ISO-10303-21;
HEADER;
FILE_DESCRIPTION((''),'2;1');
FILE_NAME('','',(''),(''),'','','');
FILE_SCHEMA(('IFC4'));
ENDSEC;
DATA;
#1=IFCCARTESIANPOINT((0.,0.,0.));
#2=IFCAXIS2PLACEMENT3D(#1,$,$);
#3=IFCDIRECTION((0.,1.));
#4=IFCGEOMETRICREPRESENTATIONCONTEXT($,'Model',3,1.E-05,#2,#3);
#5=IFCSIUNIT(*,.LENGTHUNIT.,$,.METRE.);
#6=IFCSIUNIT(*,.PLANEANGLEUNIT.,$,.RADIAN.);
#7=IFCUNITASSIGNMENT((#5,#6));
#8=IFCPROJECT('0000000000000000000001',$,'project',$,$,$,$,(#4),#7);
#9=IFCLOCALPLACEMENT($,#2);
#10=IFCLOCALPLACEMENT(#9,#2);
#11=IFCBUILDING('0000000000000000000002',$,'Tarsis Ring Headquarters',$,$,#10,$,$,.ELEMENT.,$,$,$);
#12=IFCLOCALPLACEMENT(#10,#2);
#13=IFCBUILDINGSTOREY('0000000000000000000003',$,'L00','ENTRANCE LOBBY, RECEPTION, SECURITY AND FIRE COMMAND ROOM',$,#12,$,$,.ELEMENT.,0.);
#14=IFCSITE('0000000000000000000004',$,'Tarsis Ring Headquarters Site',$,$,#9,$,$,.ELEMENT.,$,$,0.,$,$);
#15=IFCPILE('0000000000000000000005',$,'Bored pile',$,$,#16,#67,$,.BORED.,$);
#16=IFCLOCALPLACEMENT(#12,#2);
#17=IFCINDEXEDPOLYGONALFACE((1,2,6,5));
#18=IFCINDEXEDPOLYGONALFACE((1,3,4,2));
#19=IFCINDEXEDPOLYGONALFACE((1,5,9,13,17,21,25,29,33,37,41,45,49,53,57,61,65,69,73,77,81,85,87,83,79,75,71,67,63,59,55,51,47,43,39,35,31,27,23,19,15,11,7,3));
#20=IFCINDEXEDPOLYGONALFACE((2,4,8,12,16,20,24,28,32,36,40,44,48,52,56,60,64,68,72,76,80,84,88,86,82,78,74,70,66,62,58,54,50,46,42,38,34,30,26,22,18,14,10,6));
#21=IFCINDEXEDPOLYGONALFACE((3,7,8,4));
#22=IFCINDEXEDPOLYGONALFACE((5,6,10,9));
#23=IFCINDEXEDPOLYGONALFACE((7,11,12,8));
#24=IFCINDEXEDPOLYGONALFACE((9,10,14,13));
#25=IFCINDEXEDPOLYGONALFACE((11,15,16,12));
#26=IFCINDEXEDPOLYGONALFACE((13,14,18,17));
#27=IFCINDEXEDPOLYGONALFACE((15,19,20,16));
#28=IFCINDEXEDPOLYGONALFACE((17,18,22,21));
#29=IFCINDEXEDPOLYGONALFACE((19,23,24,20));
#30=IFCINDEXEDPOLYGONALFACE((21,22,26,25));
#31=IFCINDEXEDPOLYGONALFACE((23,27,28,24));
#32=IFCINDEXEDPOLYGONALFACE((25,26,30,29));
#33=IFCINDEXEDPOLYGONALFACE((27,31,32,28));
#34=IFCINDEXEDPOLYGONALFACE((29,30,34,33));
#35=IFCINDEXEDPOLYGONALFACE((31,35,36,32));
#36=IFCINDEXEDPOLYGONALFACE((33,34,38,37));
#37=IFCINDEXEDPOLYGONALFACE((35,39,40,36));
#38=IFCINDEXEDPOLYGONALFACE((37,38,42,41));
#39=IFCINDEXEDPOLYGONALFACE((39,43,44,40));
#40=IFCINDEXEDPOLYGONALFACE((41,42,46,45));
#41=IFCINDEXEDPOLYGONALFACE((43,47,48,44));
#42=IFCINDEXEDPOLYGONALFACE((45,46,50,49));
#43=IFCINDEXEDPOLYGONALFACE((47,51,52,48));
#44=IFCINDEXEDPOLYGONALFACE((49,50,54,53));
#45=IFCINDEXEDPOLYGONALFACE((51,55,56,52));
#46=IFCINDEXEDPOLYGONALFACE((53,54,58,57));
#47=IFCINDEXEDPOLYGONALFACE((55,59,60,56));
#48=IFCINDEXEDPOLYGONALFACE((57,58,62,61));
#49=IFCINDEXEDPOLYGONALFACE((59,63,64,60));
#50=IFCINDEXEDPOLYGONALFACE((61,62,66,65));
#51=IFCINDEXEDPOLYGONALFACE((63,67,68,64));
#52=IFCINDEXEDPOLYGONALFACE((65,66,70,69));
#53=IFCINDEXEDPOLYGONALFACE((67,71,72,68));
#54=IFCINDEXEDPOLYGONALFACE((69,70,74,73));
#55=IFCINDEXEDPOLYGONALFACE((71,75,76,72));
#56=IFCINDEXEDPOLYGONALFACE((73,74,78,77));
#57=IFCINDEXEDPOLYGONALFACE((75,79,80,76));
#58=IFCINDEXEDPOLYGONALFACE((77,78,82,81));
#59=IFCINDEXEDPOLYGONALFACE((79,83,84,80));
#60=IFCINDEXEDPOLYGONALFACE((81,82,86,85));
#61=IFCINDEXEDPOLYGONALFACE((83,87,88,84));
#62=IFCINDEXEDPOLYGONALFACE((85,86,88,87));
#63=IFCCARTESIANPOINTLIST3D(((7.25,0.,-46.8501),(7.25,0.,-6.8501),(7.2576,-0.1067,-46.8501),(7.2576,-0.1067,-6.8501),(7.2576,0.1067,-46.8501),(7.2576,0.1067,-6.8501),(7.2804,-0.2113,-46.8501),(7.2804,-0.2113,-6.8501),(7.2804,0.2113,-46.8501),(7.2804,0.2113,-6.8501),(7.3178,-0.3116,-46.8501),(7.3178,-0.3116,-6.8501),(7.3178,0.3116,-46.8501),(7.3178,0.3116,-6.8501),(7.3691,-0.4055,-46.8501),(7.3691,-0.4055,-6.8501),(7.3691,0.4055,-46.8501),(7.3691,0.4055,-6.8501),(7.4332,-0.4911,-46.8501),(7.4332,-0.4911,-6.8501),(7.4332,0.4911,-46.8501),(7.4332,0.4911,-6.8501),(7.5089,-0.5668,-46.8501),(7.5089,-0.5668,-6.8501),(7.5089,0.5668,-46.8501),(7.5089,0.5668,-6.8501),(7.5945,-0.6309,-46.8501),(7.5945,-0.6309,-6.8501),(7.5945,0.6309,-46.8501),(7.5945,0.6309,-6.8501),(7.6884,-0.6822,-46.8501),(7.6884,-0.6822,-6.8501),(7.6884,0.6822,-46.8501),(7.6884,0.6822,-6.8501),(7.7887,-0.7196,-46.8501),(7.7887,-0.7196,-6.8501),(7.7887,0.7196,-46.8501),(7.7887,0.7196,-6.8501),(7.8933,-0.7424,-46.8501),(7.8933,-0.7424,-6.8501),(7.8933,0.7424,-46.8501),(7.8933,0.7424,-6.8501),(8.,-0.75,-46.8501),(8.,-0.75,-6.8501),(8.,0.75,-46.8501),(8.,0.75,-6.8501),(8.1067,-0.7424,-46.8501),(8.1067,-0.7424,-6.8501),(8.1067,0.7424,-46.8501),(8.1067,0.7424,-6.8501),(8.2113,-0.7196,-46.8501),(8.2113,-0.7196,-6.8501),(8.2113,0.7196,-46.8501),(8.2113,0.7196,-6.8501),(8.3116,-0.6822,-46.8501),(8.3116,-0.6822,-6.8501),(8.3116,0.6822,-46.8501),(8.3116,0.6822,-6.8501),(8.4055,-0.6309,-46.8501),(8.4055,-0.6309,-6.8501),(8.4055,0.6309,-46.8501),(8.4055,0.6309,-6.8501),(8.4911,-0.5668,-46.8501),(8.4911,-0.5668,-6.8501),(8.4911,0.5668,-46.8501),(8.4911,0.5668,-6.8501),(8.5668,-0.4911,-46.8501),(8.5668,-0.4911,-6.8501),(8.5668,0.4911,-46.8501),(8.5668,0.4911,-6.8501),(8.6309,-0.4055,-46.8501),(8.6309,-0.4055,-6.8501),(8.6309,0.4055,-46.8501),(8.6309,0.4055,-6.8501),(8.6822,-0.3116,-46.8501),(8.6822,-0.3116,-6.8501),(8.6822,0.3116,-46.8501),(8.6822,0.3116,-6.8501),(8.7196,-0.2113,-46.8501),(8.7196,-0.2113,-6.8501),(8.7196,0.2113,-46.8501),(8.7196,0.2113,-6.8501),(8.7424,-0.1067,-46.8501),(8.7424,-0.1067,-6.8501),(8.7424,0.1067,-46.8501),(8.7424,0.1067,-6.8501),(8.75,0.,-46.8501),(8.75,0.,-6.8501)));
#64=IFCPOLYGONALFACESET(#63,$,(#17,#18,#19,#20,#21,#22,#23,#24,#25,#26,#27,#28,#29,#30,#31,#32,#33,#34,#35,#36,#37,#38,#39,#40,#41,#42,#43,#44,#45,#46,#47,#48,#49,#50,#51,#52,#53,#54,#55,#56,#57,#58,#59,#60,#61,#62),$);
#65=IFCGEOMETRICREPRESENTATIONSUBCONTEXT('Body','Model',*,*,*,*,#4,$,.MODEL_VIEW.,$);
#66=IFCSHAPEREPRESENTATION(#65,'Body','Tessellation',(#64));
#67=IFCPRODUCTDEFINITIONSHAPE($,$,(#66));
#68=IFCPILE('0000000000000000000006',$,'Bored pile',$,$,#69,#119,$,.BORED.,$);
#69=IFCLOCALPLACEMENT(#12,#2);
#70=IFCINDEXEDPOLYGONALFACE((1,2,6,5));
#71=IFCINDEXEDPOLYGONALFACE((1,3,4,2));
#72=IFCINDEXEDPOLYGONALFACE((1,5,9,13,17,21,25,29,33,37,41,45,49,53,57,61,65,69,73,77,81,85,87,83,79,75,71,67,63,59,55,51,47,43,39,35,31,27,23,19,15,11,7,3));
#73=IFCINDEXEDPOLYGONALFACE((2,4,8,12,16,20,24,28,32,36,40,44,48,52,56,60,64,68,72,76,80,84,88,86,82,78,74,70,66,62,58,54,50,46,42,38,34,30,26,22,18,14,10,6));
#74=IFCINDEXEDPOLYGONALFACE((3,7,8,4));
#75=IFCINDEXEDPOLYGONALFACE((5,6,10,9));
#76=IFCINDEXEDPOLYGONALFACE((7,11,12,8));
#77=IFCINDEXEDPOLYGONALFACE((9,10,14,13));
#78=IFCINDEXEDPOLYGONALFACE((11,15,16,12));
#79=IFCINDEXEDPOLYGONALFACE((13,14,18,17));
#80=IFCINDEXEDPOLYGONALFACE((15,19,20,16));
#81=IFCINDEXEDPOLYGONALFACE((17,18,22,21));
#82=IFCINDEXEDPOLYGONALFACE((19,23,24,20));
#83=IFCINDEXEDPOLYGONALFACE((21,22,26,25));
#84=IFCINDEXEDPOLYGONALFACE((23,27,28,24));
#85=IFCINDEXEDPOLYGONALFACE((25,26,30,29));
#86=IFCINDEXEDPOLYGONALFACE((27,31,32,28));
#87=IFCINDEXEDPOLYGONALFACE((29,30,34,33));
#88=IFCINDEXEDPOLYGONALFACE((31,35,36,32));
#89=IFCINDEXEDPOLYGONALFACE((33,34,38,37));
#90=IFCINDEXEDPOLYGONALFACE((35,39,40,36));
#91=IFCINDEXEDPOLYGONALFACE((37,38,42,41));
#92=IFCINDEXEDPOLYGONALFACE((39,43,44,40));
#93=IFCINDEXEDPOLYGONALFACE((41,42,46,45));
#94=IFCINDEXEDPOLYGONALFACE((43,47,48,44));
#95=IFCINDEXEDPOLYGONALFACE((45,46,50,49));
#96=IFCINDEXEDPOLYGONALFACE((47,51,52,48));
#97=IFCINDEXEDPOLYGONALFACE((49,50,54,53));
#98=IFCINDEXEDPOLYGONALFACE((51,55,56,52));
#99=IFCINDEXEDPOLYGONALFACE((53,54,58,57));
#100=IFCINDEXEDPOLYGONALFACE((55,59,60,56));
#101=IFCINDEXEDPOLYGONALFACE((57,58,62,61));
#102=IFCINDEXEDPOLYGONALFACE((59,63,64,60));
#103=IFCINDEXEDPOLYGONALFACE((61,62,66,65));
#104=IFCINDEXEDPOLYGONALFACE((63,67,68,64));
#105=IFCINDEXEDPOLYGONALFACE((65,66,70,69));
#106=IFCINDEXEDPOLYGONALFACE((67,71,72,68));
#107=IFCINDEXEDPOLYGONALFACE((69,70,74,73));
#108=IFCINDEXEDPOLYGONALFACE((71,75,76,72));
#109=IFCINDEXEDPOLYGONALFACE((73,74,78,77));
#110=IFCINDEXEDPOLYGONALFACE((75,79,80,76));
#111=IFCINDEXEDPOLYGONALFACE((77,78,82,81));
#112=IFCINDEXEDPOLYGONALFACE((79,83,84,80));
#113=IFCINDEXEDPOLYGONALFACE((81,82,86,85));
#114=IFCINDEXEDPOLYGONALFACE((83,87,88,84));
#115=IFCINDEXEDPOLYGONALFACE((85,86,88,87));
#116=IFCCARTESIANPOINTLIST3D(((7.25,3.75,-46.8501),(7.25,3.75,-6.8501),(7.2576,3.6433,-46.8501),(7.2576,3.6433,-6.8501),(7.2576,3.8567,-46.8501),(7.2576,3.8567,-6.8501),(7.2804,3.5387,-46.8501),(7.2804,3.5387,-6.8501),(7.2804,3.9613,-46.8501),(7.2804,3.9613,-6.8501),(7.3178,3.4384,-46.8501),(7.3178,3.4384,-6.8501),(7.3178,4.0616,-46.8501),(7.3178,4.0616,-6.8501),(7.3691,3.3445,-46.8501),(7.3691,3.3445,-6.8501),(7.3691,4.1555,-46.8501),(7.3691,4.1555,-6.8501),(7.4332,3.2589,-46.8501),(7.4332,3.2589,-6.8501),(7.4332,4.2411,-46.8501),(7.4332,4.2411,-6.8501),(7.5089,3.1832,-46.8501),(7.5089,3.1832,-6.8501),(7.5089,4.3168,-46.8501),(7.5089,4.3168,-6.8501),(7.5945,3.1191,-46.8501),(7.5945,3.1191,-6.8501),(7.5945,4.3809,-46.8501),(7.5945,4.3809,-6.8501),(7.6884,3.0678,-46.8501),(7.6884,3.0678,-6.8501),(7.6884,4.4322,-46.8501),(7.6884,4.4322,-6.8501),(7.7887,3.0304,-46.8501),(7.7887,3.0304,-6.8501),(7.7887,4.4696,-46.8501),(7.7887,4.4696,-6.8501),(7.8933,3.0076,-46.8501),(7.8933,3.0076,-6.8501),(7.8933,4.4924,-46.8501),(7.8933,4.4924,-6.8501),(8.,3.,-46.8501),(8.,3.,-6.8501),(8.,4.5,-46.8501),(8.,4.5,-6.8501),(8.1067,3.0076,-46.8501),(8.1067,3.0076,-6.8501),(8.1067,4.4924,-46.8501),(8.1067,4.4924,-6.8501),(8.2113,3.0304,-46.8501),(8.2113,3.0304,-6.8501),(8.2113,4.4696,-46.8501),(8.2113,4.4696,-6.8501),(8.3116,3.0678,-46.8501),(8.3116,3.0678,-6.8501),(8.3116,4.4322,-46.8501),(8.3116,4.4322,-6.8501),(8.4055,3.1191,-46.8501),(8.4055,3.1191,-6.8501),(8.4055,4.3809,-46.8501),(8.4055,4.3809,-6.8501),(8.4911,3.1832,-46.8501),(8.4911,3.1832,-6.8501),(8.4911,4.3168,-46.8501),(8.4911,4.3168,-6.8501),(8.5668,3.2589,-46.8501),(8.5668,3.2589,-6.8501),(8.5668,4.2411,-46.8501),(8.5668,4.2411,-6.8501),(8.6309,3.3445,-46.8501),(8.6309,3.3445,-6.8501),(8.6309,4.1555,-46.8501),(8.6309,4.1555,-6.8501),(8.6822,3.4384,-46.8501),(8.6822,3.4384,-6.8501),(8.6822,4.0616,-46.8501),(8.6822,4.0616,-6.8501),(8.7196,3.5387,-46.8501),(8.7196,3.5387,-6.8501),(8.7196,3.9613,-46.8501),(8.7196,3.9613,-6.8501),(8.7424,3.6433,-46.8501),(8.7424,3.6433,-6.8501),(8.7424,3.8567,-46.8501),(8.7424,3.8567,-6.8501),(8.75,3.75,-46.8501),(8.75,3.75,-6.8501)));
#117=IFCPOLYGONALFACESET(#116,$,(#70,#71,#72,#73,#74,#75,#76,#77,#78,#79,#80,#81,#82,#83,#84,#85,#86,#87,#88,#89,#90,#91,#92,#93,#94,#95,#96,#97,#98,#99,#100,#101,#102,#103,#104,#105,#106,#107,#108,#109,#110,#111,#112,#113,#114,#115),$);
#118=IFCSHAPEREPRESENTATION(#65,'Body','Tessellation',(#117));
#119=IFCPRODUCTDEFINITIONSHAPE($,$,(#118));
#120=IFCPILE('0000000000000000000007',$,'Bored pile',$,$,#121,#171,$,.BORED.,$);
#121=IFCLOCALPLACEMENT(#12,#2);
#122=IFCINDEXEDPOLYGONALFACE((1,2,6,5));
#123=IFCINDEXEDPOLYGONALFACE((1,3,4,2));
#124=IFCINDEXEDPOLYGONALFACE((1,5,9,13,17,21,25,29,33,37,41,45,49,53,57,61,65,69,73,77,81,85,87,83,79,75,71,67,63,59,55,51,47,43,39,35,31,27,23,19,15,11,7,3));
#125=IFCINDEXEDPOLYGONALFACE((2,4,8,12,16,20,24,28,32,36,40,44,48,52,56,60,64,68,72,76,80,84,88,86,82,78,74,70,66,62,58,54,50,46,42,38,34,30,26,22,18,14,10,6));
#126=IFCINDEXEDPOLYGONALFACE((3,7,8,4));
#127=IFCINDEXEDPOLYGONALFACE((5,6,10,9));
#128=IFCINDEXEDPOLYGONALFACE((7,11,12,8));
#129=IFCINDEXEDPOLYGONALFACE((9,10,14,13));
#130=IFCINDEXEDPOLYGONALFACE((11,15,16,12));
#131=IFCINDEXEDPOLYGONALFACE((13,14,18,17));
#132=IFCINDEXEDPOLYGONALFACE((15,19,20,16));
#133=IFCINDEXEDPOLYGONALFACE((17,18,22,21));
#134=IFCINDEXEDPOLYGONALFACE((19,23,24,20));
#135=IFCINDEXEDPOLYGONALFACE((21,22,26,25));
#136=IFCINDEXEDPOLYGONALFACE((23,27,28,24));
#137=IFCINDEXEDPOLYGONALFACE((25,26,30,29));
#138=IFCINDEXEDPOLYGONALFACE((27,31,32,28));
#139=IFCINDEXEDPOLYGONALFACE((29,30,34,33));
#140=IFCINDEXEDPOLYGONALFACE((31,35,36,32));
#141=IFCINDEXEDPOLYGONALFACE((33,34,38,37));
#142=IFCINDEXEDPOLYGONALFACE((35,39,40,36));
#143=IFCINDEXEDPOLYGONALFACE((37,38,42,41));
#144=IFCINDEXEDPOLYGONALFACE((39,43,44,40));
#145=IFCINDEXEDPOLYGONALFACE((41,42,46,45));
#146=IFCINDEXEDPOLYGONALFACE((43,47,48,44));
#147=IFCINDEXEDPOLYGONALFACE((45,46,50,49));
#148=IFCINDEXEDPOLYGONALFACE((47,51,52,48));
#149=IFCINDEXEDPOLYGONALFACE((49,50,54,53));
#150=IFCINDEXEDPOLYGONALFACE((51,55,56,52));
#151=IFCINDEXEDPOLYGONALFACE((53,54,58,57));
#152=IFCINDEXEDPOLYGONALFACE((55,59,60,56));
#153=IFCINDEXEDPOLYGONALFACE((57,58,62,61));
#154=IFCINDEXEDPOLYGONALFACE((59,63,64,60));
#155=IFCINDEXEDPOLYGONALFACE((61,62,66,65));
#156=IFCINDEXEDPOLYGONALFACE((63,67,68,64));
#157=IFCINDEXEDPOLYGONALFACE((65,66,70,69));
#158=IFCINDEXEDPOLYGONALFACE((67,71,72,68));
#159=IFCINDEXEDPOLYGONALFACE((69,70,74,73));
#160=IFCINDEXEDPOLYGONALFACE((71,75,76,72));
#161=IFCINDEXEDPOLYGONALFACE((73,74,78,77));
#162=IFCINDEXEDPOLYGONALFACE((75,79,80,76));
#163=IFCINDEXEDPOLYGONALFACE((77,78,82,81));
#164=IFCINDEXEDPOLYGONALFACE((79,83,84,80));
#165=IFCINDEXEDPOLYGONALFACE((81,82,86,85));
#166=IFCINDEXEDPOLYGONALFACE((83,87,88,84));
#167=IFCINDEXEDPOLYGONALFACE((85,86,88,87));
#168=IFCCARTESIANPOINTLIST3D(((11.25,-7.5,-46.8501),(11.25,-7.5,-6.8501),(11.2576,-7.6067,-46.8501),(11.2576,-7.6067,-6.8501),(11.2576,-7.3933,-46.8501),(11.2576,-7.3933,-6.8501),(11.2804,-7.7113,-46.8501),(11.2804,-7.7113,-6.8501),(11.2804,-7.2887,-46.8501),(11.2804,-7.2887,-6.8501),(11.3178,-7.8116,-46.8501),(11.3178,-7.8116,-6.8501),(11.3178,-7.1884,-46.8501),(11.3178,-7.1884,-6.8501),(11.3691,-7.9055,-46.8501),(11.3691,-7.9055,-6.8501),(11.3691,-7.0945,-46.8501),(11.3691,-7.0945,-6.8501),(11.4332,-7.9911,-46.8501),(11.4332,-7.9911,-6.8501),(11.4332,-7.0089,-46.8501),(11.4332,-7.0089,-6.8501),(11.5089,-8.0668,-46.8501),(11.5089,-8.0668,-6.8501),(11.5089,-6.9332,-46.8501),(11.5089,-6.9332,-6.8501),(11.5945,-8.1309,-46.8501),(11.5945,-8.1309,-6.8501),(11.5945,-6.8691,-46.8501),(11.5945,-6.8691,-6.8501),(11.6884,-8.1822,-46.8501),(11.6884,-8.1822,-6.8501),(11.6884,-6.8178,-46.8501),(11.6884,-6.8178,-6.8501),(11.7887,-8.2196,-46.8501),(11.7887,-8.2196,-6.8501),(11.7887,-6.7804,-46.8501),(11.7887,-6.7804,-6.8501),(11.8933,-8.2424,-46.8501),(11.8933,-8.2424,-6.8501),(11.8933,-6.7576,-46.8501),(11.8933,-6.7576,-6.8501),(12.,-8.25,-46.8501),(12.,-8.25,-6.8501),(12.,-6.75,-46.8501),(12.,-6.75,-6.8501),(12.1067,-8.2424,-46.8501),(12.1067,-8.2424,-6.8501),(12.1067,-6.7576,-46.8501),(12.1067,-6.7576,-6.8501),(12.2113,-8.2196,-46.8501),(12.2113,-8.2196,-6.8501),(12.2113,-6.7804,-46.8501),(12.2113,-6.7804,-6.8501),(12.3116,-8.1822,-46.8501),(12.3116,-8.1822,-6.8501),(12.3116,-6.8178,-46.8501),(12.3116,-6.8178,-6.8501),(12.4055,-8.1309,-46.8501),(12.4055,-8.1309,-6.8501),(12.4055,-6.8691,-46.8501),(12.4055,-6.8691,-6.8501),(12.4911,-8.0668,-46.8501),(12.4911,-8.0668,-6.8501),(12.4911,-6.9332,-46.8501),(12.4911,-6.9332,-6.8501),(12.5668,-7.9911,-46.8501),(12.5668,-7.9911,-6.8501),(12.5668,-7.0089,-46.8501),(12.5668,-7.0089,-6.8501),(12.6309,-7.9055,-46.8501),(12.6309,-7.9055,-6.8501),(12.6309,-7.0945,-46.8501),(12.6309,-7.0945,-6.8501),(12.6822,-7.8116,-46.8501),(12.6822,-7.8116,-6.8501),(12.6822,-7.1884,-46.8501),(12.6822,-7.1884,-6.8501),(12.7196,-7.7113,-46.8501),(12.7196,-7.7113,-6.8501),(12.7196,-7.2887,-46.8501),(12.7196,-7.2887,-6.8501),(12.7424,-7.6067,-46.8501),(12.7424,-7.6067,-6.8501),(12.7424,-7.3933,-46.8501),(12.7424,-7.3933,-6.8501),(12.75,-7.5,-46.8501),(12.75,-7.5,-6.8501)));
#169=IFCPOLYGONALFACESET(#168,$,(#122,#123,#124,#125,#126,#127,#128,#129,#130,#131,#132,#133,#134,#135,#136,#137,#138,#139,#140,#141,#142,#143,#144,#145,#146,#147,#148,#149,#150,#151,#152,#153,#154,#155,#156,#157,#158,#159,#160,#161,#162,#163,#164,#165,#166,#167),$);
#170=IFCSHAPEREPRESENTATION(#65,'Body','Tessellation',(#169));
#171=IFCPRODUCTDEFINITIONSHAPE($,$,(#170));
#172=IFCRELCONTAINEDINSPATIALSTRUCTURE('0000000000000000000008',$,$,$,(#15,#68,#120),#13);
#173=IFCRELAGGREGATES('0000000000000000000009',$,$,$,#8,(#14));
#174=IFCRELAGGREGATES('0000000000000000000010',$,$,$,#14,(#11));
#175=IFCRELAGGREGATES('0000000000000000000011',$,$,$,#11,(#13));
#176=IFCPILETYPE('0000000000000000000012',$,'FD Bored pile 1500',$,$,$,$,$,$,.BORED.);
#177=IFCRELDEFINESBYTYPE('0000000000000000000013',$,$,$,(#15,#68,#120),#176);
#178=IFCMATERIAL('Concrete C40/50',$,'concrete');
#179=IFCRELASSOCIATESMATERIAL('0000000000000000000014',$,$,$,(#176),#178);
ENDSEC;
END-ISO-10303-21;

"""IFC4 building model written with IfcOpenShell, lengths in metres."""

from ifc_helpers import new_model, si_unit, direction, frame, origin, origin_2d, place, context, subcontext, project, spatial, circle, extrude, material, material_profile, profile_set, type_object, element, save


model = new_model("IFC4")

# Units and contexts
model_context = context("Model", 3, precision=1e-05, world=origin(), true_north=direction((0.0, 1.0)))
body_context = subcontext(model_context, "Body", "Model", "MODEL_VIEW")
ifc_project = project(units=[si_unit("LENGTHUNIT", "METRE"), si_unit("PLANEANGLEUNIT", "RADIAN")], contexts=[model_context])

# Site, building, storey
site_placement = place(None, origin())
site = spatial("IfcSite", under=ifc_project, at=site_placement, Name="Tarsis Ring Headquarters Site", CompositionType="ELEMENT", RefElevation=0.0)
building_placement = place(site_placement, origin())
building = spatial("IfcBuilding", under=site, at=building_placement, Name="Tarsis Ring Headquarters", CompositionType="ELEMENT")
storey_placement = place(building_placement, origin())
storey = spatial("IfcBuildingStorey", under=building, at=storey_placement, Name="L00", Description="ENTRANCE LOBBY, RECEPTION, SECURITY AND FIRE COMMAND ROOM", CompositionType="ELEMENT", Elevation=0.0)

# Piles
ifc_material_1 = material(Name="Concrete C40/50", Category="concrete")
ifc_material_profile_1 = material_profile(ifc_material_1, circle(Radius=0.75, at=origin_2d()), Name="BORED 1500")
ifc_profile_set_1 = profile_set([ifc_material_profile_1], Name="Concrete C40/50")
pile_type_1 = type_object("IfcPileType", Name="FD Bored pile 1500", PredefinedType="BORED", material=ifc_profile_set_1)
for number, where, z_axis, x_axis, name in (
    (1, (8.0, 0.0, -6.8501), (0.0, 0.0, -1.0), (1.0, 0.0, 0.0), "Bored pile"),
    (2, (8.0, 3.75, -6.8501), (0.0, 0.0, -1.0), (1.0, 0.0, 0.0), "Bored pile"),
    (3, (12.0, -7.5, -6.8501), (0.0, 0.0, -1.0), (1.0, 0.0, 0.0), "Bored pile"),
):
    element("IfcPile", number, at=place(storey_placement, frame(where, z_axis=z_axis, x_axis=x_axis)), inside=storey, type_object=pile_type_1, Name=name, PredefinedType="BORED", context=body_context, shape_type="SweptSolid", body=[
        extrude(circle(Radius=0.75, at=origin_2d()), origin(), (0.0, 0.0, 1.0), 40.0),
    ])

save(model, "model.ifc")
